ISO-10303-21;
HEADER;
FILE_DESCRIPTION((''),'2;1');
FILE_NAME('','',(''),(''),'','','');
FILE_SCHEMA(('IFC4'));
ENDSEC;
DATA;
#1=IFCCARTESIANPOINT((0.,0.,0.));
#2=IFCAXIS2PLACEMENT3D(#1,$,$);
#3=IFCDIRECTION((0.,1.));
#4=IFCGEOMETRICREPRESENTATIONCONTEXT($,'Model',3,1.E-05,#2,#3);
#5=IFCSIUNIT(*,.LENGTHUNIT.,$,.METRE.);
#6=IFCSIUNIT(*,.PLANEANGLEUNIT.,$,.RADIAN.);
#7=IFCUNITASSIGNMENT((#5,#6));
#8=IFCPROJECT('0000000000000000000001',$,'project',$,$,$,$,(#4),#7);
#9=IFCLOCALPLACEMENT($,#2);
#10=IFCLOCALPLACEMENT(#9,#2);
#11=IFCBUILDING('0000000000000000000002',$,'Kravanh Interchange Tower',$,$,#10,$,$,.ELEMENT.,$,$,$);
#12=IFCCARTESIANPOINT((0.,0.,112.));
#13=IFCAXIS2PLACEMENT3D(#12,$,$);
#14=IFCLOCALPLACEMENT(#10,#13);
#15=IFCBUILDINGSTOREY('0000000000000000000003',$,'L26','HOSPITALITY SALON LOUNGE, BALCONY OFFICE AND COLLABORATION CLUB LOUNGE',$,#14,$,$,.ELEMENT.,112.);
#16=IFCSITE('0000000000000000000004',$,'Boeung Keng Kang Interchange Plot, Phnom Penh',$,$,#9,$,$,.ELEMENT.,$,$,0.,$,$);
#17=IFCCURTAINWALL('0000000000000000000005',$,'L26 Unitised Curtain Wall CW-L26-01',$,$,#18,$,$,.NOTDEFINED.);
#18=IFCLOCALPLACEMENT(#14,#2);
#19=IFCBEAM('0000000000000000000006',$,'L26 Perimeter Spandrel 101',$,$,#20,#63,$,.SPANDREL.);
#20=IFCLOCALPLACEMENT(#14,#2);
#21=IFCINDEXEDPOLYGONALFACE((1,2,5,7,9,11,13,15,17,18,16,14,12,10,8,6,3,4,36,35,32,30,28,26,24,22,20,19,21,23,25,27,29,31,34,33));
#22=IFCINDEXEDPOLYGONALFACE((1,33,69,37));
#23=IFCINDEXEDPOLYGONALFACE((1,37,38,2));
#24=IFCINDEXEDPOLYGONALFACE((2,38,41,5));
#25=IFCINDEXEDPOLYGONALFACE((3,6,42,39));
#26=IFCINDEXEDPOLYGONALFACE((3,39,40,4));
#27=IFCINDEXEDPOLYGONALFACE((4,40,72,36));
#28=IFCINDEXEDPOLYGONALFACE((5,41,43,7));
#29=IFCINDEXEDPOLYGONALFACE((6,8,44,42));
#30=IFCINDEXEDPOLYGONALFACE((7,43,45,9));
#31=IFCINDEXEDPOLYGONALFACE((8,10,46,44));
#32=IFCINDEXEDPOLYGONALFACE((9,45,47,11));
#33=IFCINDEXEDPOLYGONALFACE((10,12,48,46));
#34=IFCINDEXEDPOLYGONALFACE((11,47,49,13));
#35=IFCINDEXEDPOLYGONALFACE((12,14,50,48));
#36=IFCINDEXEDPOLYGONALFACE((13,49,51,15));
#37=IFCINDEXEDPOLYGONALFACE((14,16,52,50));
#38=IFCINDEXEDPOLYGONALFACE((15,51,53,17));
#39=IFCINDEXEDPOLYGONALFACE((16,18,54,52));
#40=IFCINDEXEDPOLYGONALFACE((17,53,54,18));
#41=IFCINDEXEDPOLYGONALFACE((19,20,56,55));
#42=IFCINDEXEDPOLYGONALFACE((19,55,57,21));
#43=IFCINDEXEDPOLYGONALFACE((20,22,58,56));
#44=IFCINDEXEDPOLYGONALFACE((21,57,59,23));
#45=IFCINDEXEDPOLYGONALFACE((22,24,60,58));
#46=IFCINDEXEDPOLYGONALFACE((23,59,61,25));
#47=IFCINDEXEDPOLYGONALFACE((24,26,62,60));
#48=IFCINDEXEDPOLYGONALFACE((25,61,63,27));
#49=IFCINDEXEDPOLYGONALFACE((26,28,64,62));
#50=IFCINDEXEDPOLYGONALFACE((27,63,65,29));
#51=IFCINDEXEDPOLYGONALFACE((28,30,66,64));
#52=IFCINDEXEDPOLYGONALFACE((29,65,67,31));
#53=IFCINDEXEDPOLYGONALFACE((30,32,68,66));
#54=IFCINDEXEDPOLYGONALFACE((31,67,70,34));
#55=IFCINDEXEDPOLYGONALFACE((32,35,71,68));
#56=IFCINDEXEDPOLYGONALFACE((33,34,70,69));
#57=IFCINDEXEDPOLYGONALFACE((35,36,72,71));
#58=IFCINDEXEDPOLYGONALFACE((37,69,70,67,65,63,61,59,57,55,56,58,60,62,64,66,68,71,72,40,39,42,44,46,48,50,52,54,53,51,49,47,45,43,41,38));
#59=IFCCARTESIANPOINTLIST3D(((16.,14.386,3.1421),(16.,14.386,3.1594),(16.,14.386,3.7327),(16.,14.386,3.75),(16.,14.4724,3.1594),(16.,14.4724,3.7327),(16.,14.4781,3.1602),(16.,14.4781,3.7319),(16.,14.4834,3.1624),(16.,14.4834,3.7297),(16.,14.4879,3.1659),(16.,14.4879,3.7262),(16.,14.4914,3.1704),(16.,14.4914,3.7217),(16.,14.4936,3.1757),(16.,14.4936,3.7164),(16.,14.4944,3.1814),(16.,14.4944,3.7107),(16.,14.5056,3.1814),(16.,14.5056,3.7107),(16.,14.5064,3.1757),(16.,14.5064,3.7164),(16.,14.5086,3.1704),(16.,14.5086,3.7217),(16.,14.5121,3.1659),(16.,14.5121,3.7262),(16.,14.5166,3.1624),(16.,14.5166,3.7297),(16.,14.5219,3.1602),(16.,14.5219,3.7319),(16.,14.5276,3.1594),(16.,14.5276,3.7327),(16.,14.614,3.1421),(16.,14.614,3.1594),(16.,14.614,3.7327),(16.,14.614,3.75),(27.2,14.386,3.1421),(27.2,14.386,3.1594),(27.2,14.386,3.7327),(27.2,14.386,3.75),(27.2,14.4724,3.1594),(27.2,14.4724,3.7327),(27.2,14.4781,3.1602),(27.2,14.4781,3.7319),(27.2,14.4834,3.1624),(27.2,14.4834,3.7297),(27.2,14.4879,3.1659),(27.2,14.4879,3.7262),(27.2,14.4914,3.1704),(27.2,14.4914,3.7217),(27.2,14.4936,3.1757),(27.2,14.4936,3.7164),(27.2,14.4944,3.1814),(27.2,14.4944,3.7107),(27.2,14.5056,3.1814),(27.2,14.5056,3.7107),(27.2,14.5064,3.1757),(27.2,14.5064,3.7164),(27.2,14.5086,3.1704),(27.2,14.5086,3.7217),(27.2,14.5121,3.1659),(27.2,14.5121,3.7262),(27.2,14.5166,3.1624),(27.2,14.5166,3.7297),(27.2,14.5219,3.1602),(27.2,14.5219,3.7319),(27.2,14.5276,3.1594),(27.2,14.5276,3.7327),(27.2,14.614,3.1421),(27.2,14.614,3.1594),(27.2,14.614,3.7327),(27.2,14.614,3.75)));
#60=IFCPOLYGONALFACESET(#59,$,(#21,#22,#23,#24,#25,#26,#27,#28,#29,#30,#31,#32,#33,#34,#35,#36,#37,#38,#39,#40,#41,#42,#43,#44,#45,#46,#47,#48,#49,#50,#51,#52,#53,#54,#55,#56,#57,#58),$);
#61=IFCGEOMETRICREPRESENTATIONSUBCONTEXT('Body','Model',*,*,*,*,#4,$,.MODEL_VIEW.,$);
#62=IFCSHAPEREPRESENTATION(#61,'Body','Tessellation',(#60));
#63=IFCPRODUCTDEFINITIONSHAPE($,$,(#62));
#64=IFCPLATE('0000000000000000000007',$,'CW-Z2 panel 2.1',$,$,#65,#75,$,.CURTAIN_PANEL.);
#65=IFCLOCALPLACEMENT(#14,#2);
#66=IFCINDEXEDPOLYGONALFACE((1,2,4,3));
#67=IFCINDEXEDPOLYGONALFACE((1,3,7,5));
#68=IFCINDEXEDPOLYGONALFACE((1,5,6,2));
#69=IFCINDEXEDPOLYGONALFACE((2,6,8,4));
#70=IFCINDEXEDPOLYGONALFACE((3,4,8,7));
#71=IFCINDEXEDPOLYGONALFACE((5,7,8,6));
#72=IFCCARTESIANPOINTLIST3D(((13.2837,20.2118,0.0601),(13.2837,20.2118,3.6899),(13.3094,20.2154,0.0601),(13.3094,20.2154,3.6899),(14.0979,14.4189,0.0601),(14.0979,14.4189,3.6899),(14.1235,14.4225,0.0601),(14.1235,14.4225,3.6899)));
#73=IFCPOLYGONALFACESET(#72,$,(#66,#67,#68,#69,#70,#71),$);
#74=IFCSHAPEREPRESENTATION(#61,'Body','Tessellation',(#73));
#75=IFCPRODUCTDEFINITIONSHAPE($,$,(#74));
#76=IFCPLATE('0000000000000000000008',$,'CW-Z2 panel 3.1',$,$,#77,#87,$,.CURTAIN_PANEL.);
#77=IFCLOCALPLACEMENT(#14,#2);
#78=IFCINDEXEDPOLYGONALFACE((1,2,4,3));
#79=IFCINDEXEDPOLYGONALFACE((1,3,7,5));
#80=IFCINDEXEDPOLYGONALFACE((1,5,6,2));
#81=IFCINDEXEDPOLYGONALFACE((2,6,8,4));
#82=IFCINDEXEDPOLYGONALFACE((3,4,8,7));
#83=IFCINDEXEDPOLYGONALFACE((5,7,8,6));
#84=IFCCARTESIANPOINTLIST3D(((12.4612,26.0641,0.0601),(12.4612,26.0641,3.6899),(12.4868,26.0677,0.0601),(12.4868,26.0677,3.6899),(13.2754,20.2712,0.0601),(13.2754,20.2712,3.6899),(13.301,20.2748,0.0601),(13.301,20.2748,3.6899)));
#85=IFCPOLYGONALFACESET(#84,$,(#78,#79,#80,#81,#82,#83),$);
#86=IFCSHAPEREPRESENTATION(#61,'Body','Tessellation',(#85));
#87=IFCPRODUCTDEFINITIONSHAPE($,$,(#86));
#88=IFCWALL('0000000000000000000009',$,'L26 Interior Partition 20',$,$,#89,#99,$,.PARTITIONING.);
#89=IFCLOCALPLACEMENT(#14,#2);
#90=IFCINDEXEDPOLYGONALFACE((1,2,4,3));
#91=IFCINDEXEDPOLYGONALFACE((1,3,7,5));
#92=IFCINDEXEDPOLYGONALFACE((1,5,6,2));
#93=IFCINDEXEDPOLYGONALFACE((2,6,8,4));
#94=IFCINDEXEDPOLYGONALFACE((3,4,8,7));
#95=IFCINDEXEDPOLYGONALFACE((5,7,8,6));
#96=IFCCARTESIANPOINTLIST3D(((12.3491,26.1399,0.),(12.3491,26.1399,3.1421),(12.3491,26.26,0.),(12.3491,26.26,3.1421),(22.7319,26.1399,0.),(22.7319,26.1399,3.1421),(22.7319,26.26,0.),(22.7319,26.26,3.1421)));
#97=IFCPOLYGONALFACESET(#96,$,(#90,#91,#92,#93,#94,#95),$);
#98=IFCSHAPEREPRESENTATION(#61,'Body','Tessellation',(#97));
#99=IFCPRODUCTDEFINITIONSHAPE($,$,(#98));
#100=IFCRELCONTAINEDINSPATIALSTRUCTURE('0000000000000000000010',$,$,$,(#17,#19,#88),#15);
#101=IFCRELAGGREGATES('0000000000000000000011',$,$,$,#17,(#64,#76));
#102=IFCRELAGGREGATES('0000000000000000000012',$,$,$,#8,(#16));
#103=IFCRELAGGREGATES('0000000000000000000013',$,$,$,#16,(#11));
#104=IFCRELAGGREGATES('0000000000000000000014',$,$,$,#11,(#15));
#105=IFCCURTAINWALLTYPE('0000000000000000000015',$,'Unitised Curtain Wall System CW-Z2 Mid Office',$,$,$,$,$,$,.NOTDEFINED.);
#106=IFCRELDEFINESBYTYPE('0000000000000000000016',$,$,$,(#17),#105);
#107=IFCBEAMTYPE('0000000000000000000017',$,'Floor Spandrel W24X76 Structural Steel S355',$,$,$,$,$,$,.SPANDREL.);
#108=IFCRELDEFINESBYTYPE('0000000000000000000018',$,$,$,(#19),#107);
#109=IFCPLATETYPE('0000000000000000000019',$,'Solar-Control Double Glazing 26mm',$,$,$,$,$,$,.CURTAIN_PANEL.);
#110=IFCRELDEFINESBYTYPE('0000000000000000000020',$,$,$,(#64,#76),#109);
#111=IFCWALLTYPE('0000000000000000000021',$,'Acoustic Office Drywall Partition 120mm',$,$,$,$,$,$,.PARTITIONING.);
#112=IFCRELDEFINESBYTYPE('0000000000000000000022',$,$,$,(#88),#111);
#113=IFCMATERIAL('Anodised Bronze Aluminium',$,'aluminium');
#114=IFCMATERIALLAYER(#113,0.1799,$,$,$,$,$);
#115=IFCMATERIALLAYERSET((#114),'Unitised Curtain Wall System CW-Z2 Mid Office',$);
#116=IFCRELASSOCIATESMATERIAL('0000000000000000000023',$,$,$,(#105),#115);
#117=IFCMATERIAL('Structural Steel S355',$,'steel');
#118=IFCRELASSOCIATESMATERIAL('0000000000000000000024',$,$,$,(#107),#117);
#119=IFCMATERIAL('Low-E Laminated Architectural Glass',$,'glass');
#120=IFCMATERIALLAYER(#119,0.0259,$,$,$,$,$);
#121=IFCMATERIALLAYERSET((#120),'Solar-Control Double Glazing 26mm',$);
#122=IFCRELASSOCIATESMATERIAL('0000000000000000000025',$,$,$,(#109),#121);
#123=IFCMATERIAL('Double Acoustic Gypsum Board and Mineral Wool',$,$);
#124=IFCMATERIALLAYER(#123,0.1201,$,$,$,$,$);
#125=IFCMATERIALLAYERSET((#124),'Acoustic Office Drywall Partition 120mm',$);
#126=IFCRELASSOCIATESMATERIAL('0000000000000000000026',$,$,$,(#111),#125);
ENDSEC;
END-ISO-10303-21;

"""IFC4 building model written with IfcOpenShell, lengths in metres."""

from ifc_helpers import new_model, si_unit, direction, frame, frame_2d, origin, origin_2d, place, context, subcontext, project, spatial, rectangle, i_section, extrude, material, layer, layer_set, material_profile, profile_set, type_object, element, aggregate, save


model = new_model("IFC4")

# Units and contexts
model_context = context("Model", 3, precision=1e-05, world=origin(), true_north=direction((0.0, 1.0)))
body_context = subcontext(model_context, "Body", "Model", "MODEL_VIEW")
ifc_project = project(units=[si_unit("LENGTHUNIT", "METRE"), si_unit("PLANEANGLEUNIT", "RADIAN")], contexts=[model_context])

# Site, building, storey
site_placement = place(None, origin())
site = spatial("IfcSite", under=ifc_project, at=site_placement, Name="Boeung Keng Kang Interchange Plot, Phnom Penh", CompositionType="ELEMENT", RefElevation=0.0)
building_placement = place(site_placement, origin())
building = spatial("IfcBuilding", under=site, at=building_placement, Name="Kravanh Interchange Tower", CompositionType="ELEMENT")
storey_placement = place(building_placement, frame((0.0, 0.0, 112.0)))
storey = spatial("IfcBuildingStorey", under=building, at=storey_placement, Name="L26", Description="HOSPITALITY SALON LOUNGE, BALCONY OFFICE AND COLLABORATION CLUB LOUNGE", CompositionType="ELEMENT", Elevation=112.0)

# Curtain wall
ifc_material_1 = material(Name="Anodised Bronze Aluminium", Category="aluminium")
ifc_layer_1 = layer(ifc_material_1, 0.1799)
ifc_layer_set_1 = layer_set([ifc_layer_1], Name="Unitised Curtain Wall System CW-Z2 Mid Office")
curtain_wall_type = type_object("IfcCurtainWallType", Name="Unitised Curtain Wall System CW-Z2 Mid Office", PredefinedType="NOTDEFINED", material=ifc_layer_set_1)
curtain_wall_placement = place(storey_placement, origin())
curtain_wall = element("IfcCurtainWall", 1, at=curtain_wall_placement, inside=storey, type_object=curtain_wall_type, Name="L26 Unitised Curtain Wall CW-L26-01", PredefinedType="NOTDEFINED")

# Beam
ifc_material_2 = material(Name="Structural Steel S355", Category="steel")
ifc_material_profile_1 = material_profile(ifc_material_2, i_section(OverallWidth=0.228, OverallDepth=0.6079, WebThickness=0.0112, FlangeThickness=0.0173, FilletRadius=0.022, at=origin_2d()), Name="W24X76")
ifc_profile_set_1 = profile_set([ifc_material_profile_1], Name="Structural Steel S355")
beam_type_1 = type_object("IfcBeamType", Name="Floor Spandrel W24X76 Structural Steel S355", PredefinedType="SPANDREL", material=ifc_profile_set_1)
beam_1_placement = place(storey_placement, frame((16.0, 14.5, 3.446), z_axis=(1.0, 0.0, 0.0), x_axis=(0.0, 1.0, 0.0)))
element("IfcBeam", 2, at=beam_1_placement, inside=storey, type_object=beam_type_1, Name="L26 Perimeter Spandrel 101", PredefinedType="SPANDREL", context=body_context, shape_type="SweptSolid", body=[
    extrude(i_section(OverallWidth=0.228, OverallDepth=0.6079, WebThickness=0.0112, FlangeThickness=0.0173, FilletRadius=0.022, at=origin_2d()), origin(), (0.0, 0.0, 1.0), 11.2),
])

# Plates
ifc_material_3 = material(Name="Low-E Laminated Architectural Glass", Category="glass")
ifc_layer_2 = layer(ifc_material_3, 0.0259)
ifc_layer_set_2 = layer_set([ifc_layer_2], Name="Solar-Control Double Glazing 26mm")
plate_type = type_object("IfcPlateType", Name="Solar-Control Double Glazing 26mm", PredefinedType="CURTAIN_PANEL", material=ifc_layer_set_2)
plate_1_placement = place(storey_placement, frame((13.7036, 17.3171, 0.0601), z_axis=(0.0, 0.0, 1.0), x_axis=(-0.139173, 0.990268, 0.0)))
plate_1 = element("IfcPlate", 3, at=plate_1_placement, type_object=plate_type, Name="CW-Z2 panel 2.1", PredefinedType="CURTAIN_PANEL", context=body_context, shape_type="SweptSolid", body=[
    extrude(rectangle(XDim=5.8499, YDim=0.0259, at=origin_2d()), origin(), (0.0, 0.0, 1.0), 3.6299),
])
plate_2_placement = place(storey_placement, frame((12.8811, 23.1694, 0.0601), z_axis=(0.0, 0.0, 1.0), x_axis=(-0.139173, 0.990268, 0.0)))
plate_2 = element("IfcPlate", 4, at=plate_2_placement, type_object=plate_type, Name="CW-Z2 panel 3.1", PredefinedType="CURTAIN_PANEL", context=body_context, shape_type="SweptSolid", body=[
    extrude(rectangle(XDim=5.8499, YDim=0.0259, at=origin_2d()), origin(), (0.0, 0.0, 1.0), 3.6299),
])
aggregate(curtain_wall, [plate_1, plate_2])

# Wall
ifc_material_4 = material(Name="Double Acoustic Gypsum Board and Mineral Wool")
ifc_layer_3 = layer(ifc_material_4, 0.1201)
ifc_layer_set_3 = layer_set([ifc_layer_3], Name="Acoustic Office Drywall Partition 120mm")
wall_type = type_object("IfcWallType", Name="Acoustic Office Drywall Partition 120mm", PredefinedType="PARTITIONING", material=ifc_layer_set_3)
wall_placement = place(storey_placement, frame((12.3491, 26.2, 0.0), z_axis=(0.0, 0.0, 1.0), x_axis=(1.0, 0.0, 0.0)))
element("IfcWall", 5, at=wall_placement, inside=storey, type_object=wall_type, Name="L26 Interior Partition 20", PredefinedType="PARTITIONING", context=body_context, shape_type="SweptSolid", body=[
    extrude(rectangle(XDim=10.3828, YDim=0.1201, at=frame_2d((5.1914, 0.0))), origin(), (0.0, 0.0, 1.0), 3.1421),
])

save(model, "model.ifc")
